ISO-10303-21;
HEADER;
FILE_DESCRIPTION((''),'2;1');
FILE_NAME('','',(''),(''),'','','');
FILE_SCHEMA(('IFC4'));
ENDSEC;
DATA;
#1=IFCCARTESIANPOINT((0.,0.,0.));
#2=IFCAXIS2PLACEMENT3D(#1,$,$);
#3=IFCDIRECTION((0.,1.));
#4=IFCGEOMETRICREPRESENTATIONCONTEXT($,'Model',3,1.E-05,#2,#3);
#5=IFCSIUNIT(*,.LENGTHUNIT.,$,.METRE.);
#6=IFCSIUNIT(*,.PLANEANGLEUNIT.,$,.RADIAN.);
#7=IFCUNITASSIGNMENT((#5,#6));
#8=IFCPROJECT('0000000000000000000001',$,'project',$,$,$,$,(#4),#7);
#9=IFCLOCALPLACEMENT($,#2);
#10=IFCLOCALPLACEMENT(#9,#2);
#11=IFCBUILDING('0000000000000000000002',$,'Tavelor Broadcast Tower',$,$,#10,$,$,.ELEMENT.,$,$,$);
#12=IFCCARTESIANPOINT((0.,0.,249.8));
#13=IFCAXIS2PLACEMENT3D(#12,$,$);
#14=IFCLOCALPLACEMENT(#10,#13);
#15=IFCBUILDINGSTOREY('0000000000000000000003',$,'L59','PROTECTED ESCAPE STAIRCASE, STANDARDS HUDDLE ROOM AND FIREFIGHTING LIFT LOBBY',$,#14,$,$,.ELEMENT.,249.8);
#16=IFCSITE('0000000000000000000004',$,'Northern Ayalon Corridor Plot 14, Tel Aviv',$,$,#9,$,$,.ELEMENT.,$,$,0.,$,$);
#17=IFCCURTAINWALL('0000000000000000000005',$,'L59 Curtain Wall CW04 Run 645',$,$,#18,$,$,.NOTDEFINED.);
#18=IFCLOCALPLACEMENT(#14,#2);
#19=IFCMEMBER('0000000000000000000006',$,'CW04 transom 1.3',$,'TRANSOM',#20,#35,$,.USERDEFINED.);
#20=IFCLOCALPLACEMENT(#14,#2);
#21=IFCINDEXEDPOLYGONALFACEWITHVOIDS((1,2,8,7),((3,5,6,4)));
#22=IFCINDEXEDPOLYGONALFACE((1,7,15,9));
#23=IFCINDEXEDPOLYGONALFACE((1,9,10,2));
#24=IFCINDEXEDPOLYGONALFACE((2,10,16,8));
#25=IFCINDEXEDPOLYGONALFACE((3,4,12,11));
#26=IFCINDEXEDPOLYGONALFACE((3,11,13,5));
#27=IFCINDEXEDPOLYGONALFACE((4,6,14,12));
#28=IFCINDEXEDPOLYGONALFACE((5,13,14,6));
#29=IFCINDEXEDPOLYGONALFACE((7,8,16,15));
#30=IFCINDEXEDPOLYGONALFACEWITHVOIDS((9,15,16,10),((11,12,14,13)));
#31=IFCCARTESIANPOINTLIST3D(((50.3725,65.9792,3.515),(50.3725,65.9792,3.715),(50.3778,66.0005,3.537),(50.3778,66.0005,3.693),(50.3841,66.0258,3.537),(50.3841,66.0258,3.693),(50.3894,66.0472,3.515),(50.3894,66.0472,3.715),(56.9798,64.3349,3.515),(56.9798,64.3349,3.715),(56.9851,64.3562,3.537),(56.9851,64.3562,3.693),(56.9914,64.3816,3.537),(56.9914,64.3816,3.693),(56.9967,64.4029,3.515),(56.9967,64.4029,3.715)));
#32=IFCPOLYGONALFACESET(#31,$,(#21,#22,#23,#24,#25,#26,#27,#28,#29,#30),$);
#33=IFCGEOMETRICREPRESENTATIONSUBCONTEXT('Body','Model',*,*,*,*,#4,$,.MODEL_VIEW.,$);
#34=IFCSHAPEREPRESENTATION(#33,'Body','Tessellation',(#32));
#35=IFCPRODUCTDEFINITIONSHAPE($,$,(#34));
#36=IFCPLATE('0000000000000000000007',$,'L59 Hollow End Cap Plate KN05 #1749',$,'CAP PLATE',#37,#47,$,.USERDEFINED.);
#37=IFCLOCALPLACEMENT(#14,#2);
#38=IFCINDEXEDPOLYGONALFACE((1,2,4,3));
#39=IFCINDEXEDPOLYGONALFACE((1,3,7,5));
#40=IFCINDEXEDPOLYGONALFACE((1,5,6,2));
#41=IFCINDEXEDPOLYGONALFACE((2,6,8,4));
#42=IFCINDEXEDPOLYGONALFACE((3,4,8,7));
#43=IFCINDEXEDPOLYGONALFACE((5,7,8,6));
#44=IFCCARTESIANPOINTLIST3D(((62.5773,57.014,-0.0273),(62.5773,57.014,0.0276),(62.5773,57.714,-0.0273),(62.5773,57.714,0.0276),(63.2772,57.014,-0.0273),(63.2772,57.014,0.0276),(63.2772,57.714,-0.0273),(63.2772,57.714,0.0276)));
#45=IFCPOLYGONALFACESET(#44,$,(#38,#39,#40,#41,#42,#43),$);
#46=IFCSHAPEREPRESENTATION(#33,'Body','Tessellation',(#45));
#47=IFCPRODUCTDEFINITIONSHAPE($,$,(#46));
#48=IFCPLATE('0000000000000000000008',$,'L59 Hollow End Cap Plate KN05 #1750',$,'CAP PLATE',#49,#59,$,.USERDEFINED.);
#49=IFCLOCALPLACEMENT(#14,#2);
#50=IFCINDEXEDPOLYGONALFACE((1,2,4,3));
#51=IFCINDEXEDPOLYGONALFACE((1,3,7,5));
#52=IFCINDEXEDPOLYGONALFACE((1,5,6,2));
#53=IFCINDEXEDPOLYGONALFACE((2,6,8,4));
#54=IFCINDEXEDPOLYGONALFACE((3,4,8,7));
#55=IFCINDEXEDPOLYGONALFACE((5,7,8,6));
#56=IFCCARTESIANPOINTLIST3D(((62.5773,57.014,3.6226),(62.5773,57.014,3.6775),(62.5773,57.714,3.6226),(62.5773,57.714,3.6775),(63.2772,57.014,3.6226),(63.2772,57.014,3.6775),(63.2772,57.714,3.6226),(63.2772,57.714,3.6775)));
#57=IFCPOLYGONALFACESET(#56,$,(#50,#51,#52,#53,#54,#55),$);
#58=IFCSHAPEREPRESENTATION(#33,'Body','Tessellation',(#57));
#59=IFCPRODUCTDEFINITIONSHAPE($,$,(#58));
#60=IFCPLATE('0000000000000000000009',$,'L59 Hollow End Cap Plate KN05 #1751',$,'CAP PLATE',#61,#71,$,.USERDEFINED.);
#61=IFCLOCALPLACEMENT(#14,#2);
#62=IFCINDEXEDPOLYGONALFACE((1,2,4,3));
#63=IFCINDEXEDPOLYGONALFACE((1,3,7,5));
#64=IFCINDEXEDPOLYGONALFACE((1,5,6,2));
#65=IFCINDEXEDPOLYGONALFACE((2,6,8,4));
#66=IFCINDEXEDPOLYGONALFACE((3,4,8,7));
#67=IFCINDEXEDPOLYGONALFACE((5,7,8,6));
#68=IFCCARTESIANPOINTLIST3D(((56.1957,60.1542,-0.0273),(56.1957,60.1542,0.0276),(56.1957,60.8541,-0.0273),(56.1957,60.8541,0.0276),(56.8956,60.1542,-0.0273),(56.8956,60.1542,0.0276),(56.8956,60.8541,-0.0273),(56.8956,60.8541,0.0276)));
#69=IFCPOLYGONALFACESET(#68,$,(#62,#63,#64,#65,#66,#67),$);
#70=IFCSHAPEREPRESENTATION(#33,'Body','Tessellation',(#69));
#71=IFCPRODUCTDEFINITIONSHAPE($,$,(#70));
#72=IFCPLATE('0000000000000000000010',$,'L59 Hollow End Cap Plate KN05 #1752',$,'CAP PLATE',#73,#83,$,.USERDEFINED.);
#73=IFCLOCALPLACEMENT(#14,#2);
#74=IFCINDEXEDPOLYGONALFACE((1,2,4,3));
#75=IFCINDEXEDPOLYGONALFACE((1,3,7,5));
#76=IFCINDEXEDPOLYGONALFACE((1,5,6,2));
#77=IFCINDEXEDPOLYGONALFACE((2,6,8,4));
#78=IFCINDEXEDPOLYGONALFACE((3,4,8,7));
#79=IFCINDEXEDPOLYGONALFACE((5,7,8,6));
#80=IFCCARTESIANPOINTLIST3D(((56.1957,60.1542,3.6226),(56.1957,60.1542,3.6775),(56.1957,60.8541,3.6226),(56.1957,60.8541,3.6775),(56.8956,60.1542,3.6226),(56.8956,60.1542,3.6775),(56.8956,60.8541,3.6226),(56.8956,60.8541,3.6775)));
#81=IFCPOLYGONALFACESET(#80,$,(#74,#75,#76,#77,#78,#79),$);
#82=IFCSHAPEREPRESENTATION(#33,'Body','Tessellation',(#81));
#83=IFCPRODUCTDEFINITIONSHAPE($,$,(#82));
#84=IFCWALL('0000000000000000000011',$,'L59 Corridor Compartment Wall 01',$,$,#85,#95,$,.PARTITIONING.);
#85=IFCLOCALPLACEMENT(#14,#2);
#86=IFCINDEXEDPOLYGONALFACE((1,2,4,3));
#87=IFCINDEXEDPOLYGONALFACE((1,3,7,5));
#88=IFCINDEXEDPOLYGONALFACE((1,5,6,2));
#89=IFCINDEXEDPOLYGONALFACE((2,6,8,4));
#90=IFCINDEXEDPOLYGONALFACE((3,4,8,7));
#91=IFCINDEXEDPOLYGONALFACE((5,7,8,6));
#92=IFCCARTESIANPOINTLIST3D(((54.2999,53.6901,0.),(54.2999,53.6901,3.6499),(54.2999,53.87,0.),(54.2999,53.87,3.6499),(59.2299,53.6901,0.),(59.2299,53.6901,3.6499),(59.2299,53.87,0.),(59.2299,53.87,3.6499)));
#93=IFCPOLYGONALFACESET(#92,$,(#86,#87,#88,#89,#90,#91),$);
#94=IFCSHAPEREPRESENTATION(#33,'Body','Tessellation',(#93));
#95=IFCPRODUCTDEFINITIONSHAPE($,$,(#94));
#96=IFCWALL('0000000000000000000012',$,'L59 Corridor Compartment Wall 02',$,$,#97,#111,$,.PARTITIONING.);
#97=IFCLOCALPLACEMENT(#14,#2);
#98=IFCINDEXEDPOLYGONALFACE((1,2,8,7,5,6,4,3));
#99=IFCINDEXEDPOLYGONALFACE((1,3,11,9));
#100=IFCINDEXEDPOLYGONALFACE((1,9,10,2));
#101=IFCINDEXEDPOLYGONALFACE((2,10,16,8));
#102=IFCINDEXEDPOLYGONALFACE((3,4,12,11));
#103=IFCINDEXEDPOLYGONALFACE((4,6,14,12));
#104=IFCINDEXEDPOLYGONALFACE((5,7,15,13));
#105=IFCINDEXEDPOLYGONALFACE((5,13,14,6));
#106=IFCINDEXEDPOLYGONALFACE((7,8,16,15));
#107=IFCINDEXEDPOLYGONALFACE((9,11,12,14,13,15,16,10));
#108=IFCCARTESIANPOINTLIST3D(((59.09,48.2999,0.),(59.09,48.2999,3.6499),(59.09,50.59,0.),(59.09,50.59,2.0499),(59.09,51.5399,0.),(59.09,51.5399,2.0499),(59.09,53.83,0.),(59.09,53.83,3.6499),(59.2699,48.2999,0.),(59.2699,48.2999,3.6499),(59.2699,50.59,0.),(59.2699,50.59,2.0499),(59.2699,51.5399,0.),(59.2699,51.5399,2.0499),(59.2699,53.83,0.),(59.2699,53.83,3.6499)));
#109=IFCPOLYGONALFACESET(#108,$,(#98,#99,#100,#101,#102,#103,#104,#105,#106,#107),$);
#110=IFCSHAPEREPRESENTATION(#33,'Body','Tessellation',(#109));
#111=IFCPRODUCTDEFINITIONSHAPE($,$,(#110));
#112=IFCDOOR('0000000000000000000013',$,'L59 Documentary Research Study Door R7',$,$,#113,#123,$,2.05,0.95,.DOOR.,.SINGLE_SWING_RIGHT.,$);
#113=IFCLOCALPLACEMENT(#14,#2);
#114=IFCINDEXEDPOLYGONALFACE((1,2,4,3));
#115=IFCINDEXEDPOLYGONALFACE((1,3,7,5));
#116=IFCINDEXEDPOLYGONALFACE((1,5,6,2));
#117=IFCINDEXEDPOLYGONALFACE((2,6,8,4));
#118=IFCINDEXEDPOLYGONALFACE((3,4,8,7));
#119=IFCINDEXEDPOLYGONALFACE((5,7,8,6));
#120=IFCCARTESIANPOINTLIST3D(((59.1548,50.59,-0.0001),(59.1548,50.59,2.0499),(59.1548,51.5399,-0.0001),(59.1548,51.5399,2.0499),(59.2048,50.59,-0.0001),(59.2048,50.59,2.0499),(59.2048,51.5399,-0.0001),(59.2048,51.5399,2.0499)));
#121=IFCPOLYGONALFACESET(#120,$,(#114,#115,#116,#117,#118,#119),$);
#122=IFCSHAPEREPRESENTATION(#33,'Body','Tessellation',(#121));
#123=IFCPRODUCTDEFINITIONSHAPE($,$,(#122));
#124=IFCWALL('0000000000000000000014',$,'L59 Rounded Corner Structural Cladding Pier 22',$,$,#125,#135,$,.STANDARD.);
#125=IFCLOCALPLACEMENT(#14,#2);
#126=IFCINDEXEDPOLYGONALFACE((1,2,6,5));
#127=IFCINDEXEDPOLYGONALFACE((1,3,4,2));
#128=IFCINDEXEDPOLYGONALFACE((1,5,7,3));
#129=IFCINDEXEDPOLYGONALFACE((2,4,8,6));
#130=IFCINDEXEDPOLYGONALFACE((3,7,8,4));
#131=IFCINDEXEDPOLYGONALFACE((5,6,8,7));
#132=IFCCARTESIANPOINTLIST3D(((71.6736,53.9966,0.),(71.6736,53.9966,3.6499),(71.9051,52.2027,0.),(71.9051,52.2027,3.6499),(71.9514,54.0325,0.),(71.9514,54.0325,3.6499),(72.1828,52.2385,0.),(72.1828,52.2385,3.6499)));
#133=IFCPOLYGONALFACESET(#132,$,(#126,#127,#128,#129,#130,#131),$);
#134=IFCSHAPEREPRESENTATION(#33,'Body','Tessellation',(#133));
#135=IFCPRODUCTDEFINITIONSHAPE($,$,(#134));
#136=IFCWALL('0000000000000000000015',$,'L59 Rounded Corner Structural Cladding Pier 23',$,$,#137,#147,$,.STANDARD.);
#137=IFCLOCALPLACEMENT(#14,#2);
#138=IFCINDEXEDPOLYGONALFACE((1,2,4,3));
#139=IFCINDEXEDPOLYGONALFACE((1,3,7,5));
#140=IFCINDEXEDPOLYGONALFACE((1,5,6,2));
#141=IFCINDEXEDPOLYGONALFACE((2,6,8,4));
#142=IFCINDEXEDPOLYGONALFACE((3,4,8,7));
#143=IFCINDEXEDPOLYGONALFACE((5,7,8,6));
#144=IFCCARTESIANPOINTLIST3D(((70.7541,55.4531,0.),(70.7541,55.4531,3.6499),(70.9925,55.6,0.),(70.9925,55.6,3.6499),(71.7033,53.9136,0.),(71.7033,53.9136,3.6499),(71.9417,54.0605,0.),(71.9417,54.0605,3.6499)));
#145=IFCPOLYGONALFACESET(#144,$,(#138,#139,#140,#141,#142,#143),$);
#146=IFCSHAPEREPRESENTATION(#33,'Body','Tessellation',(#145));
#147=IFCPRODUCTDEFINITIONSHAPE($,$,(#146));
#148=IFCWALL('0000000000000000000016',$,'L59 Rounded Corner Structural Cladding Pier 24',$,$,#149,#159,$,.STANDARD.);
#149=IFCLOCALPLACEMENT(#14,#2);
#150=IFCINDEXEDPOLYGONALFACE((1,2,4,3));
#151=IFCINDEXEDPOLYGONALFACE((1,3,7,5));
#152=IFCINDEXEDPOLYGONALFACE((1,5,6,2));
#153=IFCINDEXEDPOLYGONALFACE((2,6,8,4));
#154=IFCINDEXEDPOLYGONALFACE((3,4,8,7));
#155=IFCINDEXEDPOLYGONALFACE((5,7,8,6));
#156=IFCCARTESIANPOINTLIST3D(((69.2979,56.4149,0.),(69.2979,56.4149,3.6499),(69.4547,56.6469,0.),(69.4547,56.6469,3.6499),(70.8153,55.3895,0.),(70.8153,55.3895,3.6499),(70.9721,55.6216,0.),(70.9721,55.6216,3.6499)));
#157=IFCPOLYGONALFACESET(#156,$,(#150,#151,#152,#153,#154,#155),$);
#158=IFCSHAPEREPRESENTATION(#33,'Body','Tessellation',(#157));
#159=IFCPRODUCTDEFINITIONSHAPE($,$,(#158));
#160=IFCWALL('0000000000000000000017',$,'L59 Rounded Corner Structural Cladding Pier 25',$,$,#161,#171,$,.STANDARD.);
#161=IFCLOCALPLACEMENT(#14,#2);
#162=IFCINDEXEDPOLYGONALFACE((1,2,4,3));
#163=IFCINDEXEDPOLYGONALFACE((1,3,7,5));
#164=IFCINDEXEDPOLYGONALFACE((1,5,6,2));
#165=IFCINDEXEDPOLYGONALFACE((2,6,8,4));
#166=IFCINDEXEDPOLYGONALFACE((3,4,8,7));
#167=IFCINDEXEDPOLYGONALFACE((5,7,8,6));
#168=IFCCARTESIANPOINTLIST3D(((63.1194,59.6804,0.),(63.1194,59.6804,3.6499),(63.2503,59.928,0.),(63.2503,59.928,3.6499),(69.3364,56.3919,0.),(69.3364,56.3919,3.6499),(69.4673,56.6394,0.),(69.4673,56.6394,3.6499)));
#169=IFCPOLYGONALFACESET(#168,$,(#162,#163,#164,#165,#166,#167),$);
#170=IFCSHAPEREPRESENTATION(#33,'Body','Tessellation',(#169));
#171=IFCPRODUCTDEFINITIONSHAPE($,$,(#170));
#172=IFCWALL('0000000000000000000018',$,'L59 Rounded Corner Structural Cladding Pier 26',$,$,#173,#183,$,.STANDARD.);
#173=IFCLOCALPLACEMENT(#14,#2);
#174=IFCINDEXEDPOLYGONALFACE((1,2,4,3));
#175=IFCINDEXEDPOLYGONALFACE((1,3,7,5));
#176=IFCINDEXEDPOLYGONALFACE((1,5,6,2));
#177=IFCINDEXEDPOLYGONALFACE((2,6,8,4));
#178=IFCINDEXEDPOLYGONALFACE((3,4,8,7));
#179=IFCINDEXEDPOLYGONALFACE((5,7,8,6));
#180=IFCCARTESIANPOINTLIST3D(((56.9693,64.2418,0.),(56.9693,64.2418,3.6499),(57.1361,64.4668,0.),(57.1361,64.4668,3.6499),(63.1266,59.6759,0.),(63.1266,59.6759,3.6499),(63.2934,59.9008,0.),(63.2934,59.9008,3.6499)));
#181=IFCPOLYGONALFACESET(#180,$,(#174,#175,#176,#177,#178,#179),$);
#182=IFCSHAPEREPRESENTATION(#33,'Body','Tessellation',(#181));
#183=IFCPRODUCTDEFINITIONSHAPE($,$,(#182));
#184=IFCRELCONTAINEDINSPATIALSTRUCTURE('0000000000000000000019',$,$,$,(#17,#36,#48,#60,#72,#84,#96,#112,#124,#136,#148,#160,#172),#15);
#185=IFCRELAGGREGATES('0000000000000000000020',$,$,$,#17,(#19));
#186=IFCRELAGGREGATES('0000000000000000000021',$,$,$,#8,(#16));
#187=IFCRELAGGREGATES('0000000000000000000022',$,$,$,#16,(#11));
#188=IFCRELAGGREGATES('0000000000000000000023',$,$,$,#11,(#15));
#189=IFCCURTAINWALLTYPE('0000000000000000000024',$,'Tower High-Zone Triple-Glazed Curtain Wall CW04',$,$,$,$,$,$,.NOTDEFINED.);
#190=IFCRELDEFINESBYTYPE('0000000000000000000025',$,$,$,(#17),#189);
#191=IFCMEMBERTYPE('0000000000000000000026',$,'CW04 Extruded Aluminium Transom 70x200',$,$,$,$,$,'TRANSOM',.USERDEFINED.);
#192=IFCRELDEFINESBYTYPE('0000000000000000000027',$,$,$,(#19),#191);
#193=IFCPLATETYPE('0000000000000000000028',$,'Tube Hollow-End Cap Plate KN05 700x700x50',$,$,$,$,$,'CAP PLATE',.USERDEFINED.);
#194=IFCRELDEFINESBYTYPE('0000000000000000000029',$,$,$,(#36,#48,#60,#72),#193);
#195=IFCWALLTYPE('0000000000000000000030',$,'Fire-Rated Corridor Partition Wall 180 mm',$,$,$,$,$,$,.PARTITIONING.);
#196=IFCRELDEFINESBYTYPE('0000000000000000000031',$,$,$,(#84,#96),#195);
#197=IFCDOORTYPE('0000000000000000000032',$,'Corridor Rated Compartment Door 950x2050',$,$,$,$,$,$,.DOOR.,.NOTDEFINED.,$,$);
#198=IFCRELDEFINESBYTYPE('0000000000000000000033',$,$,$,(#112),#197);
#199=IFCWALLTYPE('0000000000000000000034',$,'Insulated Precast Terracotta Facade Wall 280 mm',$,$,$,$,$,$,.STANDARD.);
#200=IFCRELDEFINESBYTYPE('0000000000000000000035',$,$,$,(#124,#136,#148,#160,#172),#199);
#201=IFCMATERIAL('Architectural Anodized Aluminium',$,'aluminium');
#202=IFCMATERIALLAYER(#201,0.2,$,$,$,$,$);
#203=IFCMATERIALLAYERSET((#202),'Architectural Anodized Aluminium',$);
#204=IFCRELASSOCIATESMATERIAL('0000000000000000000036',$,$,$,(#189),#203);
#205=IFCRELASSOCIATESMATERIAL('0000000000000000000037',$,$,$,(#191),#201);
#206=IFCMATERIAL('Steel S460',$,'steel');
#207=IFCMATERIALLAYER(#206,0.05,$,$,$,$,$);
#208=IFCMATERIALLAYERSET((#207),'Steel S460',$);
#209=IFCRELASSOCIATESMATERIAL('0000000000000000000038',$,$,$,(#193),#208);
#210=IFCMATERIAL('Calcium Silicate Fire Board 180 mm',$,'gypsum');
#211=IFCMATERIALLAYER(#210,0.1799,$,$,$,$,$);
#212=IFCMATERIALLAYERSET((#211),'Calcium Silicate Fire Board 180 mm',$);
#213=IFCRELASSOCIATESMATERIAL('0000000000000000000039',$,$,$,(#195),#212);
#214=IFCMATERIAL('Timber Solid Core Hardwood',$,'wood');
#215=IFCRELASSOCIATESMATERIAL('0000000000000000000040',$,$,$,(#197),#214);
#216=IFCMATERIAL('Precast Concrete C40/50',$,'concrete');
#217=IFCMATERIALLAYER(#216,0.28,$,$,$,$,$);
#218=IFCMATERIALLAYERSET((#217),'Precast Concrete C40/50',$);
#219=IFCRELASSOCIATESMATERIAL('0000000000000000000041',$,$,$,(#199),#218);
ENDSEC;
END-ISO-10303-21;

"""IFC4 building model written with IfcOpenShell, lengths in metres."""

from ifc_helpers import new_model, si_unit, direction, frame, frame_2d, origin, origin_2d, place, context, subcontext, project, spatial, rectangle, hollow_rectangle, extrude, source, transform, mapped, material, layer, layer_set, material_profile, profile_set, type_object, type_shapes, element, fill, aggregate, save


model = new_model("IFC4")

# Units and contexts
model_context = context("Model", 3, precision=1e-05, world=origin(), true_north=direction((0.0, 1.0)))
body_context = subcontext(model_context, "Body", "Model", "MODEL_VIEW")
ifc_project = project(units=[si_unit("LENGTHUNIT", "METRE"), si_unit("PLANEANGLEUNIT", "RADIAN")], contexts=[model_context])

# Site, building, storey
site_placement = place(None, origin())
site = spatial("IfcSite", under=ifc_project, at=site_placement, Name="Northern Ayalon Corridor Plot 14, Tel Aviv", CompositionType="ELEMENT", RefElevation=0.0)
building_placement = place(site_placement, origin())
building = spatial("IfcBuilding", under=site, at=building_placement, Name="Tavelor Broadcast Tower", CompositionType="ELEMENT")
storey_placement = place(building_placement, frame((0.0, 0.0, 249.8)))
storey = spatial("IfcBuildingStorey", under=building, at=storey_placement, Name="L59", Description="PROTECTED ESCAPE STAIRCASE, STANDARDS HUDDLE ROOM AND FIREFIGHTING LIFT LOBBY", CompositionType="ELEMENT", Elevation=249.8)

# Shared definitions
ifc_material_1 = material(Name="Steel S460", Category="steel")

# Curtain wall, member
ifc_material_2 = material(Name="Architectural Anodized Aluminium", Category="aluminium")
ifc_layer_1 = layer(ifc_material_2, 0.2)
ifc_layer_set_1 = layer_set([ifc_layer_1], Name="Architectural Anodized Aluminium")
curtain_wall_type = type_object("IfcCurtainWallType", Name="Tower High-Zone Triple-Glazed Curtain Wall CW04", PredefinedType="NOTDEFINED", material=ifc_layer_set_1)
curtain_wall_placement = place(storey_placement, origin())
curtain_wall = element("IfcCurtainWall", 1, at=curtain_wall_placement, inside=storey, type_object=curtain_wall_type, Name="L59 Curtain Wall CW04 Run 645", PredefinedType="NOTDEFINED")
ifc_material_profile_1 = material_profile(ifc_material_2, hollow_rectangle(XDim=0.0701, YDim=0.2, WallThickness=0.022, at=origin_2d()), Name="RHS 70x200x22")
ifc_profile_set_1 = profile_set([ifc_material_profile_1], Name="Architectural Anodized Aluminium")
member_type_1 = type_object("IfcMemberType", Name="CW04 Extruded Aluminium Transom 70x200", ElementType="TRANSOM", PredefinedType="USERDEFINED", material=ifc_profile_set_1)
shared_shape_1 = source(origin(), body_context, "Body", "SweptSolid", [
    extrude(hollow_rectangle(XDim=0.0701, YDim=0.2, WallThickness=0.022, at=origin_2d()), origin(), (0.0, 0.0, 1.0), 6.8088),
])
type_shapes(member_type_1, [shared_shape_1])
member_1_placement = place(storey_placement, frame((56.9883, 64.3689, 3.615), z_axis=(-0.970403, 0.241489, 0.0), x_axis=(-0.241489, -0.970403, 0.0)))
member_1 = element("IfcMember", 2, at=member_1_placement, type_object=member_type_1, Name="CW04 transom 1.3", ObjectType="TRANSOM", PredefinedType="USERDEFINED", context=body_context, shape_type="MappedRepresentation", body=[
    mapped(shared_shape_1, transform((0.0, 0.0, 0.0), scale=1.0)),
])
aggregate(curtain_wall, [member_1])

# Plates
ifc_layer_2 = layer(ifc_material_1, 0.05)
ifc_layer_set_2 = layer_set([ifc_layer_2], Name="Steel S460")
plate_type = type_object("IfcPlateType", Name="Tube Hollow-End Cap Plate KN05 700x700x50", ElementType="CAP PLATE", PredefinedType="USERDEFINED", material=ifc_layer_set_2)
shared_shape_2 = source(origin(), body_context, "Body", "SweptSolid", [
    extrude(rectangle(XDim=0.7, YDim=0.7, at=origin_2d()), origin(), (0.0, 0.0, 1.0), 0.0549),
])
type_shapes(plate_type, [shared_shape_2])
for number, where, z_axis, x_axis, name in (
    (3, (62.9272, 57.364, -0.0273), (0.0, 0.0, 1.0), (1.0, 0.0, 0.0), "L59 Hollow End Cap Plate KN05 #1749"),
    (4, (62.9272, 57.364, 3.6226), (0.0, 0.0, 1.0), (1.0, 0.0, 0.0), "L59 Hollow End Cap Plate KN05 #1750"),
    (5, (56.5457, 60.5042, -0.0273), (0.0, 0.0, 1.0), (1.0, 0.0, 0.0), "L59 Hollow End Cap Plate KN05 #1751"),
    (6, (56.5457, 60.5042, 3.6226), (0.0, 0.0, 1.0), (1.0, 0.0, 0.0), "L59 Hollow End Cap Plate KN05 #1752"),
):
    element("IfcPlate", number, at=place(storey_placement, frame(where, z_axis=z_axis, x_axis=x_axis)), inside=storey, type_object=plate_type, Name=name, ObjectType="CAP PLATE", PredefinedType="USERDEFINED", context=body_context, shape_type="MappedRepresentation", body=[
        mapped(shared_shape_2, transform((0.0, 0.0, 0.0), scale=1.0)),
    ])

# Wall
ifc_material_3 = material(Name="Calcium Silicate Fire Board 180 mm", Category="gypsum")
ifc_layer_3 = layer(ifc_material_3, 0.1799)
ifc_layer_set_3 = layer_set([ifc_layer_3], Name="Calcium Silicate Fire Board 180 mm")
wall_type_1 = type_object("IfcWallType", Name="Fire-Rated Corridor Partition Wall 180 mm", PredefinedType="PARTITIONING", material=ifc_layer_set_3)
wall_1_placement = place(storey_placement, frame((54.3, 53.78, 0.0), z_axis=(0.0, 0.0, 1.0), x_axis=(1.0, 0.0, 0.0)))
element("IfcWall", 7, at=wall_1_placement, inside=storey, type_object=wall_type_1, Name="L59 Corridor Compartment Wall 01", PredefinedType="PARTITIONING", context=body_context, shape_type="SweptSolid", body=[
    extrude(rectangle(XDim=4.9299, YDim=0.1799, at=frame_2d((2.4648, 0.0))), origin(), (0.0, 0.0, 1.0), 3.6499),
])

# Wall, opening, door
wall_2_placement = place(storey_placement, frame((59.1799, 53.8301, 0.0), z_axis=(0.0, 0.0, 1.0), x_axis=(0.0, -1.0, 0.0)))
wall_2 = element("IfcWall", 8, at=wall_2_placement, inside=storey, type_object=wall_type_1, Name="L59 Corridor Compartment Wall 02", PredefinedType="PARTITIONING", context=body_context, shape_type="SweptSolid", body=[
    extrude(rectangle(XDim=5.53, YDim=0.1799, at=frame_2d((2.7651, 0.0))), origin(), (0.0, 0.0, 1.0), 3.6499),
])
opening_placement = place(wall_2_placement, frame((2.29, 0.0, 0.0)))
opening = element("IfcOpeningElement", 9, at=opening_placement, cuts=wall_2, PredefinedType="OPENING", context=body_context, shape_type="SweptSolid", body=[
    extrude(rectangle(XDim=0.95, YDim=2.05, at=frame_2d((0.4751, 1.0249))), frame((0.0, 0.1001, 0.0), z_axis=(0.0, -1.0, 0.0), x_axis=(1.0, 0.0, 0.0)), (0.0, 0.0, 1.0), 0.2),
])
ifc_material_4 = material(Name="Timber Solid Core Hardwood", Category="wood")
door_type = type_object("IfcDoorType", Name="Corridor Rated Compartment Door 950x2050", OperationType="NOTDEFINED", PredefinedType="DOOR", material=ifc_material_4)
door_placement = place(opening_placement, origin())
door = element("IfcDoor", 10, at=door_placement, inside=storey, type_object=door_type, Name="L59 Documentary Research Study Door R7", OperationType="SINGLE_SWING_RIGHT", OverallHeight=2.05, OverallWidth=0.95, PredefinedType="DOOR", context=body_context, shape_type="SweptSolid", body=[
    extrude(rectangle(XDim=0.95, YDim=2.05, at=frame_2d((0.4751, 1.0249))), frame((0.0, 0.0249, 0.0), z_axis=(0.0, -1.0, 0.0), x_axis=(1.0, 0.0, 0.0)), (0.0, 0.0, 1.0), 0.05),
])
fill(opening, door)

# Walls
ifc_material_5 = material(Name="Precast Concrete C40/50", Category="concrete")
ifc_layer_4 = layer(ifc_material_5, 0.28)
ifc_layer_set_4 = layer_set([ifc_layer_4], Name="Precast Concrete C40/50")
wall_type_2 = type_object("IfcWallType", Name="Insulated Precast Terracotta Facade Wall 280 mm", PredefinedType="STANDARD", material=ifc_layer_set_4)
wall_3_placement = place(storey_placement, frame((72.0439, 52.2207, 0.0), z_axis=(0.0, 0.0, 1.0), x_axis=(-0.127954, 0.99178, 0.0)))
element("IfcWall", 11, at=wall_3_placement, inside=storey, type_object=wall_type_2, Name="L59 Rounded Corner Structural Cladding Pier 22", PredefinedType="STANDARD", context=body_context, shape_type="SweptSolid", body=[
    extrude(rectangle(XDim=1.8088, YDim=0.28, at=frame_2d((0.9043, 0.0))), origin(), (0.0, 0.0, 1.0), 3.6499),
])
wall_4_placement = place(storey_placement, frame((71.8225, 53.9871, 0.0), z_axis=(0.0, 0.0, 1.0), x_axis=(-0.52482, 0.851213, 0.0)))
element("IfcWall", 12, at=wall_4_placement, inside=storey, type_object=wall_type_2, Name="L59 Rounded Corner Structural Cladding Pier 23", PredefinedType="STANDARD", context=body_context, shape_type="SweptSolid", body=[
    extrude(rectangle(XDim=1.8086, YDim=0.28, at=frame_2d((0.9043, 0.0))), origin(), (0.0, 0.0, 1.0), 3.6499),
])
wall_5_placement = place(storey_placement, frame((70.8936, 55.5056, 0.0), z_axis=(0.0, 0.0, 1.0), x_axis=(-0.828547, 0.559919, 0.0)))
element("IfcWall", 13, at=wall_5_placement, inside=storey, type_object=wall_type_2, Name="L59 Rounded Corner Structural Cladding Pier 24", PredefinedType="STANDARD", context=body_context, shape_type="SweptSolid", body=[
    extrude(rectangle(XDim=1.8313, YDim=0.28, at=frame_2d((0.9155, 0.0))), origin(), (0.0, 0.0, 1.0), 3.6499),
])
wall_6_placement = place(storey_placement, frame((69.4019, 56.5156, 0.0), z_axis=(0.0, 0.0, 1.0), x_axis=(-0.883953, 0.467577, 0.0)))
element("IfcWall", 14, at=wall_6_placement, inside=storey, type_object=wall_type_2, Name="L59 Rounded Corner Structural Cladding Pier 25", PredefinedType="STANDARD", context=body_context, shape_type="SweptSolid", body=[
    extrude(rectangle(XDim=7.0332, YDim=0.28, at=frame_2d((3.5166, 0.0))), origin(), (0.0, 0.0, 1.0), 3.6499),
])
wall_7_placement = place(storey_placement, frame((63.21, 59.7883, 0.0), z_axis=(0.0, 0.0, 1.0), x_axis=(-0.803245, 0.595649, 0.0)))
element("IfcWall", 15, at=wall_7_placement, inside=storey, type_object=wall_type_2, Name="L59 Rounded Corner Structural Cladding Pier 26", PredefinedType="STANDARD", context=body_context, shape_type="SweptSolid", body=[
    extrude(rectangle(XDim=7.6655, YDim=0.28, at=frame_2d((3.8328, 0.0))), origin(), (0.0, 0.0, 1.0), 3.6499),
])

save(model, "model.ifc")
